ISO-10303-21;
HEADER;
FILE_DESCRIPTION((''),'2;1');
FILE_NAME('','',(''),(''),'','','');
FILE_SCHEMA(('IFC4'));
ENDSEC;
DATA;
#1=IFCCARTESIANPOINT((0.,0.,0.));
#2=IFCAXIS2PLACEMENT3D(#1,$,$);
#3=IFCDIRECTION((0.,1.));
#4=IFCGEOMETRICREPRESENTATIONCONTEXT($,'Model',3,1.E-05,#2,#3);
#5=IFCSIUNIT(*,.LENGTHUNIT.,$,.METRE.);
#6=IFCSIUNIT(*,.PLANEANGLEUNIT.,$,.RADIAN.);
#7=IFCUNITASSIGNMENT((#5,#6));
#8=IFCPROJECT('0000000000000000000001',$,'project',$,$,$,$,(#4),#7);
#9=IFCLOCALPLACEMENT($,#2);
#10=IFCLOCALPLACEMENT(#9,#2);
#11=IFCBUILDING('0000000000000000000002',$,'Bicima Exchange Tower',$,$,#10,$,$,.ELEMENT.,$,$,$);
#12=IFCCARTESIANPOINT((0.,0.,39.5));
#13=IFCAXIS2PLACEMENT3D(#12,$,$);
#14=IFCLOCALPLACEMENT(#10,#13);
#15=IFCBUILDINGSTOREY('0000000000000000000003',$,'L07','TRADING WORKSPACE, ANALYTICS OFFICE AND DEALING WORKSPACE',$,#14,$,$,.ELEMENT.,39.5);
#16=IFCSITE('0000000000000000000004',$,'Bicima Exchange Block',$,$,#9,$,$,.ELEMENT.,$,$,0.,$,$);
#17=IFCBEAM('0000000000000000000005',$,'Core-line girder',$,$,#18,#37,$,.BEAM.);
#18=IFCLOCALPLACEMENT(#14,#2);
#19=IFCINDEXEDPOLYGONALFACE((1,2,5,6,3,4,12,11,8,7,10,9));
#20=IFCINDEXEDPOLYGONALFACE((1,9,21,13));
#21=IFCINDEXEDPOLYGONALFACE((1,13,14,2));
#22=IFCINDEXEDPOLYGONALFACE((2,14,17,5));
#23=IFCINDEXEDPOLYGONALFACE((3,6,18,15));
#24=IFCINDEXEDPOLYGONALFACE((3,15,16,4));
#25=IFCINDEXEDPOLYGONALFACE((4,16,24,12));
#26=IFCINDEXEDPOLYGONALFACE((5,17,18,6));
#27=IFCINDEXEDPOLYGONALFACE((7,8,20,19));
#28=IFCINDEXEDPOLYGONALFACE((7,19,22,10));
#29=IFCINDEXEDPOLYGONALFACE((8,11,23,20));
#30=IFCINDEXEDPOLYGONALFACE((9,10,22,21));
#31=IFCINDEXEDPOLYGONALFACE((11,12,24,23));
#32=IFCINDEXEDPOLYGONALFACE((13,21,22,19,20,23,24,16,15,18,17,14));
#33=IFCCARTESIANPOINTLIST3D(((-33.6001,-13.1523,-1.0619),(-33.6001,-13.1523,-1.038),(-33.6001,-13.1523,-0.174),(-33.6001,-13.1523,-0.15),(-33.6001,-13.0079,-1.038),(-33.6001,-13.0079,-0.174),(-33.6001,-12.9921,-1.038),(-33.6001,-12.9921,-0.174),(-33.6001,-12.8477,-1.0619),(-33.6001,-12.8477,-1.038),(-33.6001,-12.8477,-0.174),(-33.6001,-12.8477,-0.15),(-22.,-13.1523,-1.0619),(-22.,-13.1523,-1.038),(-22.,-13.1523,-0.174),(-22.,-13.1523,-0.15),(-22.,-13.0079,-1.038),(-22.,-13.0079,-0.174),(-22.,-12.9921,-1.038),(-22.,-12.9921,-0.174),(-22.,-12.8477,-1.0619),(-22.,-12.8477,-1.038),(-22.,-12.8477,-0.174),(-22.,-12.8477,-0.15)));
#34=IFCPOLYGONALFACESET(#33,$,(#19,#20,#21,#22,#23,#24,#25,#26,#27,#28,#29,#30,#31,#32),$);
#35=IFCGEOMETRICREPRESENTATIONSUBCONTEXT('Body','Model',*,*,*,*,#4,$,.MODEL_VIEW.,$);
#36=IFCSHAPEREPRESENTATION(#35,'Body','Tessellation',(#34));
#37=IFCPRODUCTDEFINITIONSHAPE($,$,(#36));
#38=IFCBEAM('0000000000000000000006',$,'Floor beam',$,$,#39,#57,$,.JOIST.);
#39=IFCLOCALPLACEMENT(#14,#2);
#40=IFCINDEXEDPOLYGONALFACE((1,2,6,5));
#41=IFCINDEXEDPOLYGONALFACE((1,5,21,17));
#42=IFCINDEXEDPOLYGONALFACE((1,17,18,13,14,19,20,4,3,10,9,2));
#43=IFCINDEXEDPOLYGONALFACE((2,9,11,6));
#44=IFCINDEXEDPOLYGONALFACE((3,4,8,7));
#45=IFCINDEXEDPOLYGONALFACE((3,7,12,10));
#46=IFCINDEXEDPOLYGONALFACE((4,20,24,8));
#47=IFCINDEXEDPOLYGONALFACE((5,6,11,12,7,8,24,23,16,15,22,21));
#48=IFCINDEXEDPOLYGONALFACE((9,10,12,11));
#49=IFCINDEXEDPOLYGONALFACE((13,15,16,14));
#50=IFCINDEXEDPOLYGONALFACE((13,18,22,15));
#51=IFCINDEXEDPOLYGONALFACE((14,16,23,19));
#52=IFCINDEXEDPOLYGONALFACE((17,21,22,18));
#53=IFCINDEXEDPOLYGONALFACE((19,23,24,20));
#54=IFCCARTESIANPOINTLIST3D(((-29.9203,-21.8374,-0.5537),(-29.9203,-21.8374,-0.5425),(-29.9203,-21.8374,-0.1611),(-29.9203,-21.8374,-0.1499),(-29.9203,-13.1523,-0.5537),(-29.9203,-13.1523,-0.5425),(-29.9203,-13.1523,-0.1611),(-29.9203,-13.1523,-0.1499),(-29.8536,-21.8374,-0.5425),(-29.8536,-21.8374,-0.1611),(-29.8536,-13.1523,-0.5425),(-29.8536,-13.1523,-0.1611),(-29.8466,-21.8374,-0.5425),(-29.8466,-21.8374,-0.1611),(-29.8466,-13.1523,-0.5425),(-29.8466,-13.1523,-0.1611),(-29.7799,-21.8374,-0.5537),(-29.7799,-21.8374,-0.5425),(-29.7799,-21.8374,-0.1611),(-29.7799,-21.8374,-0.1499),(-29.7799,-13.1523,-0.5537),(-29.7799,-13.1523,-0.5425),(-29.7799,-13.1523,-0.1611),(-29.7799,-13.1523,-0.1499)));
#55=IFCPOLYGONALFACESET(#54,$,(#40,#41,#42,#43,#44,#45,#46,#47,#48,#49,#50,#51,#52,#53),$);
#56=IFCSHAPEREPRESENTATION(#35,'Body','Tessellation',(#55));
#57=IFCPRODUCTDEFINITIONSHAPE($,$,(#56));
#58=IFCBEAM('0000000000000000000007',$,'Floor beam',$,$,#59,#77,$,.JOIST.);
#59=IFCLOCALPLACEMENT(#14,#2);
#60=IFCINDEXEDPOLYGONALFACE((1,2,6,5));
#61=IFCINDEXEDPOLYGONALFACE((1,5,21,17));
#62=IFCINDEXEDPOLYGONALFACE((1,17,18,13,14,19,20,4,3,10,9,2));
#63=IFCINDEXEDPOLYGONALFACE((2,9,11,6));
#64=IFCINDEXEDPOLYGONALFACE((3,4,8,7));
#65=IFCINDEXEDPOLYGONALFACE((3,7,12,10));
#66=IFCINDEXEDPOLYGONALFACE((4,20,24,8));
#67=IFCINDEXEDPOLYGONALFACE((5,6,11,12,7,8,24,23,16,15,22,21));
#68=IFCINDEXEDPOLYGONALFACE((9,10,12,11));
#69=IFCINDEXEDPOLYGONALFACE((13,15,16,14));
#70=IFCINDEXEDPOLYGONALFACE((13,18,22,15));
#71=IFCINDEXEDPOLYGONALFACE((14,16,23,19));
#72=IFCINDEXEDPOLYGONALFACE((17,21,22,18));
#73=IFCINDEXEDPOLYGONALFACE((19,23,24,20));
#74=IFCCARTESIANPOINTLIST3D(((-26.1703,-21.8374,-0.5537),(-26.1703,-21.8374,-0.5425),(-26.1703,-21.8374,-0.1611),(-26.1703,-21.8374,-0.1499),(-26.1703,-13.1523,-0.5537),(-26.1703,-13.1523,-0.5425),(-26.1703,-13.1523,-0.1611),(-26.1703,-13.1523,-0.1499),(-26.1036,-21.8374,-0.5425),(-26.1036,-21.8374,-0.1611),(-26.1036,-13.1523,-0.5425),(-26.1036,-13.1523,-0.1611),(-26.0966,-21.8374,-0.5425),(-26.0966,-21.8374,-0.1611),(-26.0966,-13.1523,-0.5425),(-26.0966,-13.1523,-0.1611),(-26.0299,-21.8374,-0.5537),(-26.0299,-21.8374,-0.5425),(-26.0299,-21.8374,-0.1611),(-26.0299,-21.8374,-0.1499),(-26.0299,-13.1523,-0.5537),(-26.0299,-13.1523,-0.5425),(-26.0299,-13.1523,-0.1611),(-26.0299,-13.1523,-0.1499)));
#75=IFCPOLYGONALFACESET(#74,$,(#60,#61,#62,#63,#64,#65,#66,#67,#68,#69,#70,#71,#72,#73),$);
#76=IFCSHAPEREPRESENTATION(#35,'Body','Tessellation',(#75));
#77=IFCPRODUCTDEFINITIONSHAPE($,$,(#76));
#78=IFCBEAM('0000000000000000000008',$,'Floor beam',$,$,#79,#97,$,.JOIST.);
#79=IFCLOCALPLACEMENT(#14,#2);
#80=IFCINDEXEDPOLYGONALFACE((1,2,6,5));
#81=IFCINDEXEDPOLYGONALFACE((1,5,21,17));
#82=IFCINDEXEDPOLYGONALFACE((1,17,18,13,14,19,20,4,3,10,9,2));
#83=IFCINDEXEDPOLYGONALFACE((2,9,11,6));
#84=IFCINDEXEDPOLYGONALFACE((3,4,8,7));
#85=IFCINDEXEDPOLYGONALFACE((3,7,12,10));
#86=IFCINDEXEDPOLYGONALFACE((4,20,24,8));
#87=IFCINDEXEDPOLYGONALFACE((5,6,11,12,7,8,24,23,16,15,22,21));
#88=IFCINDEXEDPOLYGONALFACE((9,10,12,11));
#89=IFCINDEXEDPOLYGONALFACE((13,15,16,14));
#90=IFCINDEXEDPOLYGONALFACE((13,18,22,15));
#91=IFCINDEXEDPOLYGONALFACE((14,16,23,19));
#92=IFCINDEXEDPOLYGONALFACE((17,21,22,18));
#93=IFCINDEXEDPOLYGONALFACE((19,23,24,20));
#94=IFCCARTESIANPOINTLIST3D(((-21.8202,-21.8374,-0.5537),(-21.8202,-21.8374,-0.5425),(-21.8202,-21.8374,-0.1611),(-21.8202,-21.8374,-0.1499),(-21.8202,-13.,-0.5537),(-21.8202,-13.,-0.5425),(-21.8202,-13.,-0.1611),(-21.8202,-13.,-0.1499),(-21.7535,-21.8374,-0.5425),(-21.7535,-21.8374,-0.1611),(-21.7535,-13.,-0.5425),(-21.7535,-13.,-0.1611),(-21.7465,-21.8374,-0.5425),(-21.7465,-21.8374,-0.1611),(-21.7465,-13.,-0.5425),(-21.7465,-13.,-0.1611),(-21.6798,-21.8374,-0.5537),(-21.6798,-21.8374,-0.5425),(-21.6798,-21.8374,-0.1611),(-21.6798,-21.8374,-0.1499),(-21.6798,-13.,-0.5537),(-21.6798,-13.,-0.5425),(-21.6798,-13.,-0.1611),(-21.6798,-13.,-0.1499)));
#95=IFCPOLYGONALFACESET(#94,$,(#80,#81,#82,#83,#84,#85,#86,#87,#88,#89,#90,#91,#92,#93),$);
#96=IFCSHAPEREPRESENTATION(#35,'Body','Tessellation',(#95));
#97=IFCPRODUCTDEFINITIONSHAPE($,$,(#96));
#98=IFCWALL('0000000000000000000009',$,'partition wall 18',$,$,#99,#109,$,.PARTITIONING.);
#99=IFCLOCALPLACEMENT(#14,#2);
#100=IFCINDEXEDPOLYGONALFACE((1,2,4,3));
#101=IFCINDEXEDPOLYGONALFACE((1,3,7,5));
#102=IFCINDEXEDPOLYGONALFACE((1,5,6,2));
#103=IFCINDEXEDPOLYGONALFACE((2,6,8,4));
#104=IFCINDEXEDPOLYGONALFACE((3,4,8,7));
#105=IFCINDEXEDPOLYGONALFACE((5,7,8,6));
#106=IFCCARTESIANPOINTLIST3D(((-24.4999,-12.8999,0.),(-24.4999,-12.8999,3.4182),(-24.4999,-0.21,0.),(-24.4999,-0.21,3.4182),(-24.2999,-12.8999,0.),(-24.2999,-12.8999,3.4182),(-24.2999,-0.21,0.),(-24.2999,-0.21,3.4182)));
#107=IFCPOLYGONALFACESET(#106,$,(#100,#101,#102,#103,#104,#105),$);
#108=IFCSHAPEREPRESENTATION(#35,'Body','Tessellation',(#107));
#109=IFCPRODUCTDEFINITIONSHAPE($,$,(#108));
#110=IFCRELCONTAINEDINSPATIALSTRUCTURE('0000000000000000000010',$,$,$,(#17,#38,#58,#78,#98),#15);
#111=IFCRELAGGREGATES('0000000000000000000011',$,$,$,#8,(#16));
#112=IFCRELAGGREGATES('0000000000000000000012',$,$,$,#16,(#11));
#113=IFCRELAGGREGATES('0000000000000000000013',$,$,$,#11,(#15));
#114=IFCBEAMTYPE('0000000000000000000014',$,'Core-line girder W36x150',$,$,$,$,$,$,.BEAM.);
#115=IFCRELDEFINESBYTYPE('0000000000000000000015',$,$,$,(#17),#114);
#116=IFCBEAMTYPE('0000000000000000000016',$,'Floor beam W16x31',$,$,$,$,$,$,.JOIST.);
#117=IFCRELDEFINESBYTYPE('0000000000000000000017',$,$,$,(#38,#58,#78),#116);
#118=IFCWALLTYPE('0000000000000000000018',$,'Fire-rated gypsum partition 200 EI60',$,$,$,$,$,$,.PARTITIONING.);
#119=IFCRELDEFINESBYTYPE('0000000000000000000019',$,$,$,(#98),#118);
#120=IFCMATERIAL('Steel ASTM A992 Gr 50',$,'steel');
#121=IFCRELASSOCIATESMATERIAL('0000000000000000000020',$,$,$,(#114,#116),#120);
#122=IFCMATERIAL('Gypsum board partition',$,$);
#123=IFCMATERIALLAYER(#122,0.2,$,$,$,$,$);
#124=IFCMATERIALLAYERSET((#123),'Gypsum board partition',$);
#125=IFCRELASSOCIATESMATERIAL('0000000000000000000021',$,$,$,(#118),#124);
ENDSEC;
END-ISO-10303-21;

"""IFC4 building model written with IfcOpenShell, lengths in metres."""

from ifc_helpers import new_model, si_unit, direction, frame, frame_2d, origin, origin_2d, place, context, subcontext, project, spatial, rectangle, i_section, extrude, material, layer, layer_set, material_profile, profile_set, type_object, element, save


model = new_model("IFC4")

# Units and contexts
model_context = context("Model", 3, precision=1e-05, world=origin(), true_north=direction((0.0, 1.0)))
body_context = subcontext(model_context, "Body", "Model", "MODEL_VIEW")
ifc_project = project(units=[si_unit("LENGTHUNIT", "METRE"), si_unit("PLANEANGLEUNIT", "RADIAN")], contexts=[model_context])

# Site, building, storey
site_placement = place(None, origin())
site = spatial("IfcSite", under=ifc_project, at=site_placement, Name="Bicima Exchange Block", CompositionType="ELEMENT", RefElevation=0.0)
building_placement = place(site_placement, origin())
building = spatial("IfcBuilding", under=site, at=building_placement, Name="Bicima Exchange Tower", CompositionType="ELEMENT")
storey_placement = place(building_placement, frame((0.0, 0.0, 39.5)))
storey = spatial("IfcBuildingStorey", under=building, at=storey_placement, Name="L07", Description="TRADING WORKSPACE, ANALYTICS OFFICE AND DEALING WORKSPACE", CompositionType="ELEMENT", Elevation=39.5)

# Beams
ifc_material_1 = material(Name="Steel ASTM A992 Gr 50", Category="steel")
ifc_material_profile_1 = material_profile(ifc_material_1, i_section(OverallWidth=0.3047, OverallDepth=0.9119, WebThickness=0.0159, FlangeThickness=0.0239, at=origin_2d()))
ifc_profile_set_1 = profile_set([ifc_material_profile_1], Name="Steel ASTM A992 Gr 50")
beam_type_1 = type_object("IfcBeamType", Name="Core-line girder W36x150", PredefinedType="BEAM", material=ifc_profile_set_1)
beam_1_placement = place(storey_placement, frame((-22.0, -13.0, -0.606), z_axis=(-1.0, 0.0, 0.0), x_axis=(0.0, -1.0, 0.0)))
element("IfcBeam", 1, at=beam_1_placement, inside=storey, type_object=beam_type_1, Name="Core-line girder", PredefinedType="BEAM", context=body_context, shape_type="SweptSolid", body=[
    extrude(i_section(OverallWidth=0.3047, OverallDepth=0.9119, WebThickness=0.0159, FlangeThickness=0.0239, at=origin_2d()), origin(), (0.0, 0.0, 1.0), 11.6001),
])
ifc_material_profile_2 = material_profile(ifc_material_1, i_section(OverallWidth=0.1404, OverallDepth=0.4038, WebThickness=0.0071, FlangeThickness=0.0112, at=origin_2d()))
ifc_profile_set_2 = profile_set([ifc_material_profile_2], Name="Steel ASTM A992 Gr 50")
beam_type_2 = type_object("IfcBeamType", Name="Floor beam W16x31", PredefinedType="JOIST", material=ifc_profile_set_2)
for number, where, z_axis, x_axis, name in (
    (2, (-29.8501, -13.1523, -0.3518), (0.0, -1.0, 0.0), (1.0, 0.0, 0.0), "Floor beam"),
    (3, (-26.1001, -13.1523, -0.3518), (0.0, -1.0, 0.0), (1.0, 0.0, 0.0), "Floor beam"),
):
    element("IfcBeam", number, at=place(storey_placement, frame(where, z_axis=z_axis, x_axis=x_axis)), inside=storey, type_object=beam_type_2, Name=name, PredefinedType="JOIST", context=body_context, shape_type="SweptSolid", body=[
        extrude(i_section(OverallWidth=0.1404, OverallDepth=0.4038, WebThickness=0.0071, FlangeThickness=0.0112, at=origin_2d()), origin(), (0.0, 0.0, 1.0), 8.6851),
    ])
beam_2_placement = place(storey_placement, frame((-21.75, -13.0, -0.3518), z_axis=(0.0, -1.0, 0.0), x_axis=(1.0, 0.0, 0.0)))
element("IfcBeam", 4, at=beam_2_placement, inside=storey, type_object=beam_type_2, Name="Floor beam", PredefinedType="JOIST", context=body_context, shape_type="SweptSolid", body=[
    extrude(i_section(OverallWidth=0.1404, OverallDepth=0.4038, WebThickness=0.0071, FlangeThickness=0.0112, at=origin_2d()), origin(), (0.0, 0.0, 1.0), 8.8374),
])

# Wall
ifc_material_2 = material(Name="Gypsum board partition")
ifc_layer_1 = layer(ifc_material_2, 0.2)
ifc_layer_set_1 = layer_set([ifc_layer_1], Name="Gypsum board partition")
wall_type_1 = type_object("IfcWallType", Name="Fire-rated gypsum partition 200 EI60", PredefinedType="PARTITIONING", material=ifc_layer_set_1)
wall_1_placement = place(storey_placement, frame((-24.3999, -12.8999, 0.0), z_axis=(0.0, 0.0, 1.0), x_axis=(0.0, 1.0, 0.0)))
element("IfcWall", 5, at=wall_1_placement, inside=storey, type_object=wall_type_1, Name="partition wall 18", PredefinedType="PARTITIONING", context=body_context, shape_type="SweptSolid", body=[
    extrude(rectangle(XDim=12.6899, YDim=0.2, at=frame_2d((6.345, 0.0))), origin(), (0.0, 0.0, 1.0), 3.4182),
])

save(model, "model.ifc")
